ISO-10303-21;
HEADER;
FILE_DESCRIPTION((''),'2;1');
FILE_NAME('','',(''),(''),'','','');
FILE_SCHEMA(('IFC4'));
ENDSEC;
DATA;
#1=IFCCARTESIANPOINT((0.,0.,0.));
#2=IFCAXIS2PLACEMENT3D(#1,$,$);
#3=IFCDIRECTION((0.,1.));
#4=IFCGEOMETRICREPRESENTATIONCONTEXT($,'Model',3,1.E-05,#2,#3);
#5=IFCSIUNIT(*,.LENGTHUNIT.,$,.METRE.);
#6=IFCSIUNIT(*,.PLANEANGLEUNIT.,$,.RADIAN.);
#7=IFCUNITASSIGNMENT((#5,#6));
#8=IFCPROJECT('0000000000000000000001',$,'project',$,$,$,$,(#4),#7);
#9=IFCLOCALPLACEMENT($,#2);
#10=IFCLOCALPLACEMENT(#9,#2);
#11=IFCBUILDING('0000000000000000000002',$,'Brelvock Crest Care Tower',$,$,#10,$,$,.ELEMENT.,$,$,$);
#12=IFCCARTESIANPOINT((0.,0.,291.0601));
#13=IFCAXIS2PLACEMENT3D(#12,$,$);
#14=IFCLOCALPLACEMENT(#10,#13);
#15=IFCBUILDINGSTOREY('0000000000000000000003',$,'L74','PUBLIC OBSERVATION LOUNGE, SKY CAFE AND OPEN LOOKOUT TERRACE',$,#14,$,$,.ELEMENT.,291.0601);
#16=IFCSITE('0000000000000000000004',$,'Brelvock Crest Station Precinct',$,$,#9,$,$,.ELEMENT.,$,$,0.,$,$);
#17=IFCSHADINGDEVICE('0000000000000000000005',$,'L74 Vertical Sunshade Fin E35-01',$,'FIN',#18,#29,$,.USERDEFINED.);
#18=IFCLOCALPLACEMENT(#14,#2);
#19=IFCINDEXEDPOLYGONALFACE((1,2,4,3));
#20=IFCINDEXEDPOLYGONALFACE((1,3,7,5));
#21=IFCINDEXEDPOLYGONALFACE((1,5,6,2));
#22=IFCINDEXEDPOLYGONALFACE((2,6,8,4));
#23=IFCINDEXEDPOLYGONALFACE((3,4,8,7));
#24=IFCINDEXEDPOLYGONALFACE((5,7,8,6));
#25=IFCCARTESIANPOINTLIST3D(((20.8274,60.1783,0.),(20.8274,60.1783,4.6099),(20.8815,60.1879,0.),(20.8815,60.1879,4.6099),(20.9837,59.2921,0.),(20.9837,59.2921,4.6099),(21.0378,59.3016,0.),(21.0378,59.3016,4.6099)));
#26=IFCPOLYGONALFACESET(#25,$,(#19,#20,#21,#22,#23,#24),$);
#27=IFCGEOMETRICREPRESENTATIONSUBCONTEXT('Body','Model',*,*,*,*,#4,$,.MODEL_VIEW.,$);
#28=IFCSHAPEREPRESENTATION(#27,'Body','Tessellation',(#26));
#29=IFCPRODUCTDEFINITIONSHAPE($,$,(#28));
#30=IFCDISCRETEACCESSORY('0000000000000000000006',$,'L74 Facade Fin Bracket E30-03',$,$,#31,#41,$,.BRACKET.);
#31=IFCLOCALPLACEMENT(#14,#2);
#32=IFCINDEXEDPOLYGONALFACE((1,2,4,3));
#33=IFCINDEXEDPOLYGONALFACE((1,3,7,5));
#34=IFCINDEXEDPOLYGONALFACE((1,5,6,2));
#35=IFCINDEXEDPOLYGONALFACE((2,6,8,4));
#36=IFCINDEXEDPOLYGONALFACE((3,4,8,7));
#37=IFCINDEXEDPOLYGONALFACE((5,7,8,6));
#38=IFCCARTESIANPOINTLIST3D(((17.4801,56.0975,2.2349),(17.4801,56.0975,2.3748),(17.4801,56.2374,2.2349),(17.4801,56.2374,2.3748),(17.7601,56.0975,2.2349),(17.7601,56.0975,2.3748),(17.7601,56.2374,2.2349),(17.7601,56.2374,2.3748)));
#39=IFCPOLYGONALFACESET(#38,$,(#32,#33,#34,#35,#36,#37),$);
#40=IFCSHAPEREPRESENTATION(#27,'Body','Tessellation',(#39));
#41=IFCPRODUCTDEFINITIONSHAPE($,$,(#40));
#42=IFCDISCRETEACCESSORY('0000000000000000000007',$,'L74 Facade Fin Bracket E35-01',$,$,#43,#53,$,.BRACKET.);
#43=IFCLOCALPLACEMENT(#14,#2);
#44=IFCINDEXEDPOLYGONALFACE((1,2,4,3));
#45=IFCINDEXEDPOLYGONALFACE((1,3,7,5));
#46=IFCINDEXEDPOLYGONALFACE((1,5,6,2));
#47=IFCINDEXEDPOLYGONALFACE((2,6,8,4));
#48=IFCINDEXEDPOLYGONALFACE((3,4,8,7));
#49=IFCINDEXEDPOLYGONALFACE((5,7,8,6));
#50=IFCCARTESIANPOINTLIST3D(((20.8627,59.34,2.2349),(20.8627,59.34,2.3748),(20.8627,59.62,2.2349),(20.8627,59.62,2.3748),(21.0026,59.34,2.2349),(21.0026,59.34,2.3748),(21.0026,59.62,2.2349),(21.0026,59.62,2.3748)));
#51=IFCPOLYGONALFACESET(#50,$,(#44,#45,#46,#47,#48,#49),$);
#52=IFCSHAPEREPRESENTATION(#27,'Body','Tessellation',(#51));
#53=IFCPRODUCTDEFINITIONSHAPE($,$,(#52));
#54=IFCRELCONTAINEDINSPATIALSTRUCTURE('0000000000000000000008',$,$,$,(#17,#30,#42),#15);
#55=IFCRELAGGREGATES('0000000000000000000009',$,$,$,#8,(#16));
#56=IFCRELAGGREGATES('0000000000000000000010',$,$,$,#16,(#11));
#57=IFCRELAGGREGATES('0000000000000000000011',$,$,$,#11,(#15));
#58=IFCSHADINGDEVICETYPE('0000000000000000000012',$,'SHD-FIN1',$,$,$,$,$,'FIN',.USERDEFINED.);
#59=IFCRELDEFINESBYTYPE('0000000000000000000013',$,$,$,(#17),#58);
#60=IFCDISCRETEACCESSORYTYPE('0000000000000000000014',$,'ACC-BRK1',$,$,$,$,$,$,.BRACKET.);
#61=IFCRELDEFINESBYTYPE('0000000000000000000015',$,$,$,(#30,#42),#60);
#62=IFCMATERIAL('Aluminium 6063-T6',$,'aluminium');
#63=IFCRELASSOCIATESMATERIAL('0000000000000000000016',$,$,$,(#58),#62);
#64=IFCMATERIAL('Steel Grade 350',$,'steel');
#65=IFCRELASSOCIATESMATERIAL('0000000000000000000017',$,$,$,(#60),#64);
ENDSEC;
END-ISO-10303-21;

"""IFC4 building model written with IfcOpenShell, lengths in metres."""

from ifc_helpers import new_model, si_unit, direction, frame, origin, origin_2d, place, context, subcontext, project, spatial, rectangle, extrude, source, transform, mapped, material, material_profile, profile_set, type_object, element, save


model = new_model("IFC4")

# Units and contexts
model_context = context("Model", 3, precision=1e-05, world=origin(), true_north=direction((0.0, 1.0)))
body_context = subcontext(model_context, "Body", "Model", "MODEL_VIEW")
ifc_project = project(units=[si_unit("LENGTHUNIT", "METRE"), si_unit("PLANEANGLEUNIT", "RADIAN")], contexts=[model_context])

# Site, building, storey
site_placement = place(None, origin())
site = spatial("IfcSite", under=ifc_project, at=site_placement, Name="Brelvock Crest Station Precinct", CompositionType="ELEMENT", RefElevation=0.0)
building_placement = place(site_placement, origin())
building = spatial("IfcBuilding", under=site, at=building_placement, Name="Brelvock Crest Care Tower", CompositionType="ELEMENT")
storey_placement = place(building_placement, frame((0.0, 0.0, 291.0601)))
storey = spatial("IfcBuildingStorey", under=building, at=storey_placement, Name="L74", Description="PUBLIC OBSERVATION LOUNGE, SKY CAFE AND OPEN LOOKOUT TERRACE", CompositionType="ELEMENT", Elevation=291.0601)

# Shared definitions
ifc_material_1 = material(Name="Steel Grade 350", Category="steel")

# Shared definitions
ifc_material_2 = material(Name="Aluminium 6063-T6", Category="aluminium")

# Shading device
ifc_material_profile_1 = material_profile(ifc_material_2, rectangle(XDim=0.0549, YDim=0.8999, at=origin_2d()), Name="FIN55x900")
ifc_profile_set_1 = profile_set([ifc_material_profile_1], Name="Aluminium 6063-T6")
shading_device_type = type_object("IfcShadingDeviceType", Name="SHD-FIN1", ElementType="FIN", PredefinedType="USERDEFINED", material=ifc_profile_set_1)
shared_shape_1 = source(origin(), body_context, "Body", "SweptSolid", [
    extrude(rectangle(XDim=0.0549, YDim=0.8999, at=origin_2d()), origin(), (0.0, 0.0, 1.0), 4.6099),
])
for number, where, z_axis, x_axis, name in (
    (1, (20.9326, 59.74, 0.0), (0.0, 0.0, 1.0), (0.984808, 0.173648, 0.0), "L74 Vertical Sunshade Fin E35-01"),
):
    element("IfcShadingDevice", number, at=place(storey_placement, frame(where, z_axis=z_axis, x_axis=x_axis)), inside=storey, type_object=shading_device_type, Name=name, ObjectType="FIN", PredefinedType="USERDEFINED", context=body_context, shape_type="MappedRepresentation", body=[
        mapped(shared_shape_1, transform((0.0, 0.0, 0.0), x_axis=(1.0, 0.0, 0.0), y_axis=(0.0, 1.0, 0.0), z_axis=(0.0, 0.0, 1.0), scale=1.0)),
    ])

# Discrete accessories
discrete_accessory_type = type_object("IfcDiscreteAccessoryType", Name="ACC-BRK1", PredefinedType="BRACKET", material=ifc_material_1)
shared_shape_2 = source(origin(), body_context, "Body", "SweptSolid", [
    extrude(rectangle(XDim=0.28, YDim=0.1399, at=origin_2d()), origin(), (0.0, 0.0, 1.0), 0.1399),
])
for number, where, z_axis, x_axis, name in (
    (2, (17.6201, 56.1675, 2.2349), (0.0, 0.0, 1.0), (-1.0, 0.0, 0.0), "L74 Facade Fin Bracket E30-03"),
    (3, (20.9326, 59.48, 2.2349), (0.0, 0.0, 1.0), (0.0, 1.0, 0.0), "L74 Facade Fin Bracket E35-01"),
):
    element("IfcDiscreteAccessory", number, at=place(storey_placement, frame(where, z_axis=z_axis, x_axis=x_axis)), inside=storey, type_object=discrete_accessory_type, Name=name, PredefinedType="BRACKET", context=body_context, shape_type="MappedRepresentation", body=[
        mapped(shared_shape_2, transform((0.0, 0.0, 0.0), x_axis=(1.0, 0.0, 0.0), y_axis=(0.0, 1.0, 0.0), z_axis=(0.0, 0.0, 1.0), scale=1.0)),
    ])

save(model, "model.ifc")
